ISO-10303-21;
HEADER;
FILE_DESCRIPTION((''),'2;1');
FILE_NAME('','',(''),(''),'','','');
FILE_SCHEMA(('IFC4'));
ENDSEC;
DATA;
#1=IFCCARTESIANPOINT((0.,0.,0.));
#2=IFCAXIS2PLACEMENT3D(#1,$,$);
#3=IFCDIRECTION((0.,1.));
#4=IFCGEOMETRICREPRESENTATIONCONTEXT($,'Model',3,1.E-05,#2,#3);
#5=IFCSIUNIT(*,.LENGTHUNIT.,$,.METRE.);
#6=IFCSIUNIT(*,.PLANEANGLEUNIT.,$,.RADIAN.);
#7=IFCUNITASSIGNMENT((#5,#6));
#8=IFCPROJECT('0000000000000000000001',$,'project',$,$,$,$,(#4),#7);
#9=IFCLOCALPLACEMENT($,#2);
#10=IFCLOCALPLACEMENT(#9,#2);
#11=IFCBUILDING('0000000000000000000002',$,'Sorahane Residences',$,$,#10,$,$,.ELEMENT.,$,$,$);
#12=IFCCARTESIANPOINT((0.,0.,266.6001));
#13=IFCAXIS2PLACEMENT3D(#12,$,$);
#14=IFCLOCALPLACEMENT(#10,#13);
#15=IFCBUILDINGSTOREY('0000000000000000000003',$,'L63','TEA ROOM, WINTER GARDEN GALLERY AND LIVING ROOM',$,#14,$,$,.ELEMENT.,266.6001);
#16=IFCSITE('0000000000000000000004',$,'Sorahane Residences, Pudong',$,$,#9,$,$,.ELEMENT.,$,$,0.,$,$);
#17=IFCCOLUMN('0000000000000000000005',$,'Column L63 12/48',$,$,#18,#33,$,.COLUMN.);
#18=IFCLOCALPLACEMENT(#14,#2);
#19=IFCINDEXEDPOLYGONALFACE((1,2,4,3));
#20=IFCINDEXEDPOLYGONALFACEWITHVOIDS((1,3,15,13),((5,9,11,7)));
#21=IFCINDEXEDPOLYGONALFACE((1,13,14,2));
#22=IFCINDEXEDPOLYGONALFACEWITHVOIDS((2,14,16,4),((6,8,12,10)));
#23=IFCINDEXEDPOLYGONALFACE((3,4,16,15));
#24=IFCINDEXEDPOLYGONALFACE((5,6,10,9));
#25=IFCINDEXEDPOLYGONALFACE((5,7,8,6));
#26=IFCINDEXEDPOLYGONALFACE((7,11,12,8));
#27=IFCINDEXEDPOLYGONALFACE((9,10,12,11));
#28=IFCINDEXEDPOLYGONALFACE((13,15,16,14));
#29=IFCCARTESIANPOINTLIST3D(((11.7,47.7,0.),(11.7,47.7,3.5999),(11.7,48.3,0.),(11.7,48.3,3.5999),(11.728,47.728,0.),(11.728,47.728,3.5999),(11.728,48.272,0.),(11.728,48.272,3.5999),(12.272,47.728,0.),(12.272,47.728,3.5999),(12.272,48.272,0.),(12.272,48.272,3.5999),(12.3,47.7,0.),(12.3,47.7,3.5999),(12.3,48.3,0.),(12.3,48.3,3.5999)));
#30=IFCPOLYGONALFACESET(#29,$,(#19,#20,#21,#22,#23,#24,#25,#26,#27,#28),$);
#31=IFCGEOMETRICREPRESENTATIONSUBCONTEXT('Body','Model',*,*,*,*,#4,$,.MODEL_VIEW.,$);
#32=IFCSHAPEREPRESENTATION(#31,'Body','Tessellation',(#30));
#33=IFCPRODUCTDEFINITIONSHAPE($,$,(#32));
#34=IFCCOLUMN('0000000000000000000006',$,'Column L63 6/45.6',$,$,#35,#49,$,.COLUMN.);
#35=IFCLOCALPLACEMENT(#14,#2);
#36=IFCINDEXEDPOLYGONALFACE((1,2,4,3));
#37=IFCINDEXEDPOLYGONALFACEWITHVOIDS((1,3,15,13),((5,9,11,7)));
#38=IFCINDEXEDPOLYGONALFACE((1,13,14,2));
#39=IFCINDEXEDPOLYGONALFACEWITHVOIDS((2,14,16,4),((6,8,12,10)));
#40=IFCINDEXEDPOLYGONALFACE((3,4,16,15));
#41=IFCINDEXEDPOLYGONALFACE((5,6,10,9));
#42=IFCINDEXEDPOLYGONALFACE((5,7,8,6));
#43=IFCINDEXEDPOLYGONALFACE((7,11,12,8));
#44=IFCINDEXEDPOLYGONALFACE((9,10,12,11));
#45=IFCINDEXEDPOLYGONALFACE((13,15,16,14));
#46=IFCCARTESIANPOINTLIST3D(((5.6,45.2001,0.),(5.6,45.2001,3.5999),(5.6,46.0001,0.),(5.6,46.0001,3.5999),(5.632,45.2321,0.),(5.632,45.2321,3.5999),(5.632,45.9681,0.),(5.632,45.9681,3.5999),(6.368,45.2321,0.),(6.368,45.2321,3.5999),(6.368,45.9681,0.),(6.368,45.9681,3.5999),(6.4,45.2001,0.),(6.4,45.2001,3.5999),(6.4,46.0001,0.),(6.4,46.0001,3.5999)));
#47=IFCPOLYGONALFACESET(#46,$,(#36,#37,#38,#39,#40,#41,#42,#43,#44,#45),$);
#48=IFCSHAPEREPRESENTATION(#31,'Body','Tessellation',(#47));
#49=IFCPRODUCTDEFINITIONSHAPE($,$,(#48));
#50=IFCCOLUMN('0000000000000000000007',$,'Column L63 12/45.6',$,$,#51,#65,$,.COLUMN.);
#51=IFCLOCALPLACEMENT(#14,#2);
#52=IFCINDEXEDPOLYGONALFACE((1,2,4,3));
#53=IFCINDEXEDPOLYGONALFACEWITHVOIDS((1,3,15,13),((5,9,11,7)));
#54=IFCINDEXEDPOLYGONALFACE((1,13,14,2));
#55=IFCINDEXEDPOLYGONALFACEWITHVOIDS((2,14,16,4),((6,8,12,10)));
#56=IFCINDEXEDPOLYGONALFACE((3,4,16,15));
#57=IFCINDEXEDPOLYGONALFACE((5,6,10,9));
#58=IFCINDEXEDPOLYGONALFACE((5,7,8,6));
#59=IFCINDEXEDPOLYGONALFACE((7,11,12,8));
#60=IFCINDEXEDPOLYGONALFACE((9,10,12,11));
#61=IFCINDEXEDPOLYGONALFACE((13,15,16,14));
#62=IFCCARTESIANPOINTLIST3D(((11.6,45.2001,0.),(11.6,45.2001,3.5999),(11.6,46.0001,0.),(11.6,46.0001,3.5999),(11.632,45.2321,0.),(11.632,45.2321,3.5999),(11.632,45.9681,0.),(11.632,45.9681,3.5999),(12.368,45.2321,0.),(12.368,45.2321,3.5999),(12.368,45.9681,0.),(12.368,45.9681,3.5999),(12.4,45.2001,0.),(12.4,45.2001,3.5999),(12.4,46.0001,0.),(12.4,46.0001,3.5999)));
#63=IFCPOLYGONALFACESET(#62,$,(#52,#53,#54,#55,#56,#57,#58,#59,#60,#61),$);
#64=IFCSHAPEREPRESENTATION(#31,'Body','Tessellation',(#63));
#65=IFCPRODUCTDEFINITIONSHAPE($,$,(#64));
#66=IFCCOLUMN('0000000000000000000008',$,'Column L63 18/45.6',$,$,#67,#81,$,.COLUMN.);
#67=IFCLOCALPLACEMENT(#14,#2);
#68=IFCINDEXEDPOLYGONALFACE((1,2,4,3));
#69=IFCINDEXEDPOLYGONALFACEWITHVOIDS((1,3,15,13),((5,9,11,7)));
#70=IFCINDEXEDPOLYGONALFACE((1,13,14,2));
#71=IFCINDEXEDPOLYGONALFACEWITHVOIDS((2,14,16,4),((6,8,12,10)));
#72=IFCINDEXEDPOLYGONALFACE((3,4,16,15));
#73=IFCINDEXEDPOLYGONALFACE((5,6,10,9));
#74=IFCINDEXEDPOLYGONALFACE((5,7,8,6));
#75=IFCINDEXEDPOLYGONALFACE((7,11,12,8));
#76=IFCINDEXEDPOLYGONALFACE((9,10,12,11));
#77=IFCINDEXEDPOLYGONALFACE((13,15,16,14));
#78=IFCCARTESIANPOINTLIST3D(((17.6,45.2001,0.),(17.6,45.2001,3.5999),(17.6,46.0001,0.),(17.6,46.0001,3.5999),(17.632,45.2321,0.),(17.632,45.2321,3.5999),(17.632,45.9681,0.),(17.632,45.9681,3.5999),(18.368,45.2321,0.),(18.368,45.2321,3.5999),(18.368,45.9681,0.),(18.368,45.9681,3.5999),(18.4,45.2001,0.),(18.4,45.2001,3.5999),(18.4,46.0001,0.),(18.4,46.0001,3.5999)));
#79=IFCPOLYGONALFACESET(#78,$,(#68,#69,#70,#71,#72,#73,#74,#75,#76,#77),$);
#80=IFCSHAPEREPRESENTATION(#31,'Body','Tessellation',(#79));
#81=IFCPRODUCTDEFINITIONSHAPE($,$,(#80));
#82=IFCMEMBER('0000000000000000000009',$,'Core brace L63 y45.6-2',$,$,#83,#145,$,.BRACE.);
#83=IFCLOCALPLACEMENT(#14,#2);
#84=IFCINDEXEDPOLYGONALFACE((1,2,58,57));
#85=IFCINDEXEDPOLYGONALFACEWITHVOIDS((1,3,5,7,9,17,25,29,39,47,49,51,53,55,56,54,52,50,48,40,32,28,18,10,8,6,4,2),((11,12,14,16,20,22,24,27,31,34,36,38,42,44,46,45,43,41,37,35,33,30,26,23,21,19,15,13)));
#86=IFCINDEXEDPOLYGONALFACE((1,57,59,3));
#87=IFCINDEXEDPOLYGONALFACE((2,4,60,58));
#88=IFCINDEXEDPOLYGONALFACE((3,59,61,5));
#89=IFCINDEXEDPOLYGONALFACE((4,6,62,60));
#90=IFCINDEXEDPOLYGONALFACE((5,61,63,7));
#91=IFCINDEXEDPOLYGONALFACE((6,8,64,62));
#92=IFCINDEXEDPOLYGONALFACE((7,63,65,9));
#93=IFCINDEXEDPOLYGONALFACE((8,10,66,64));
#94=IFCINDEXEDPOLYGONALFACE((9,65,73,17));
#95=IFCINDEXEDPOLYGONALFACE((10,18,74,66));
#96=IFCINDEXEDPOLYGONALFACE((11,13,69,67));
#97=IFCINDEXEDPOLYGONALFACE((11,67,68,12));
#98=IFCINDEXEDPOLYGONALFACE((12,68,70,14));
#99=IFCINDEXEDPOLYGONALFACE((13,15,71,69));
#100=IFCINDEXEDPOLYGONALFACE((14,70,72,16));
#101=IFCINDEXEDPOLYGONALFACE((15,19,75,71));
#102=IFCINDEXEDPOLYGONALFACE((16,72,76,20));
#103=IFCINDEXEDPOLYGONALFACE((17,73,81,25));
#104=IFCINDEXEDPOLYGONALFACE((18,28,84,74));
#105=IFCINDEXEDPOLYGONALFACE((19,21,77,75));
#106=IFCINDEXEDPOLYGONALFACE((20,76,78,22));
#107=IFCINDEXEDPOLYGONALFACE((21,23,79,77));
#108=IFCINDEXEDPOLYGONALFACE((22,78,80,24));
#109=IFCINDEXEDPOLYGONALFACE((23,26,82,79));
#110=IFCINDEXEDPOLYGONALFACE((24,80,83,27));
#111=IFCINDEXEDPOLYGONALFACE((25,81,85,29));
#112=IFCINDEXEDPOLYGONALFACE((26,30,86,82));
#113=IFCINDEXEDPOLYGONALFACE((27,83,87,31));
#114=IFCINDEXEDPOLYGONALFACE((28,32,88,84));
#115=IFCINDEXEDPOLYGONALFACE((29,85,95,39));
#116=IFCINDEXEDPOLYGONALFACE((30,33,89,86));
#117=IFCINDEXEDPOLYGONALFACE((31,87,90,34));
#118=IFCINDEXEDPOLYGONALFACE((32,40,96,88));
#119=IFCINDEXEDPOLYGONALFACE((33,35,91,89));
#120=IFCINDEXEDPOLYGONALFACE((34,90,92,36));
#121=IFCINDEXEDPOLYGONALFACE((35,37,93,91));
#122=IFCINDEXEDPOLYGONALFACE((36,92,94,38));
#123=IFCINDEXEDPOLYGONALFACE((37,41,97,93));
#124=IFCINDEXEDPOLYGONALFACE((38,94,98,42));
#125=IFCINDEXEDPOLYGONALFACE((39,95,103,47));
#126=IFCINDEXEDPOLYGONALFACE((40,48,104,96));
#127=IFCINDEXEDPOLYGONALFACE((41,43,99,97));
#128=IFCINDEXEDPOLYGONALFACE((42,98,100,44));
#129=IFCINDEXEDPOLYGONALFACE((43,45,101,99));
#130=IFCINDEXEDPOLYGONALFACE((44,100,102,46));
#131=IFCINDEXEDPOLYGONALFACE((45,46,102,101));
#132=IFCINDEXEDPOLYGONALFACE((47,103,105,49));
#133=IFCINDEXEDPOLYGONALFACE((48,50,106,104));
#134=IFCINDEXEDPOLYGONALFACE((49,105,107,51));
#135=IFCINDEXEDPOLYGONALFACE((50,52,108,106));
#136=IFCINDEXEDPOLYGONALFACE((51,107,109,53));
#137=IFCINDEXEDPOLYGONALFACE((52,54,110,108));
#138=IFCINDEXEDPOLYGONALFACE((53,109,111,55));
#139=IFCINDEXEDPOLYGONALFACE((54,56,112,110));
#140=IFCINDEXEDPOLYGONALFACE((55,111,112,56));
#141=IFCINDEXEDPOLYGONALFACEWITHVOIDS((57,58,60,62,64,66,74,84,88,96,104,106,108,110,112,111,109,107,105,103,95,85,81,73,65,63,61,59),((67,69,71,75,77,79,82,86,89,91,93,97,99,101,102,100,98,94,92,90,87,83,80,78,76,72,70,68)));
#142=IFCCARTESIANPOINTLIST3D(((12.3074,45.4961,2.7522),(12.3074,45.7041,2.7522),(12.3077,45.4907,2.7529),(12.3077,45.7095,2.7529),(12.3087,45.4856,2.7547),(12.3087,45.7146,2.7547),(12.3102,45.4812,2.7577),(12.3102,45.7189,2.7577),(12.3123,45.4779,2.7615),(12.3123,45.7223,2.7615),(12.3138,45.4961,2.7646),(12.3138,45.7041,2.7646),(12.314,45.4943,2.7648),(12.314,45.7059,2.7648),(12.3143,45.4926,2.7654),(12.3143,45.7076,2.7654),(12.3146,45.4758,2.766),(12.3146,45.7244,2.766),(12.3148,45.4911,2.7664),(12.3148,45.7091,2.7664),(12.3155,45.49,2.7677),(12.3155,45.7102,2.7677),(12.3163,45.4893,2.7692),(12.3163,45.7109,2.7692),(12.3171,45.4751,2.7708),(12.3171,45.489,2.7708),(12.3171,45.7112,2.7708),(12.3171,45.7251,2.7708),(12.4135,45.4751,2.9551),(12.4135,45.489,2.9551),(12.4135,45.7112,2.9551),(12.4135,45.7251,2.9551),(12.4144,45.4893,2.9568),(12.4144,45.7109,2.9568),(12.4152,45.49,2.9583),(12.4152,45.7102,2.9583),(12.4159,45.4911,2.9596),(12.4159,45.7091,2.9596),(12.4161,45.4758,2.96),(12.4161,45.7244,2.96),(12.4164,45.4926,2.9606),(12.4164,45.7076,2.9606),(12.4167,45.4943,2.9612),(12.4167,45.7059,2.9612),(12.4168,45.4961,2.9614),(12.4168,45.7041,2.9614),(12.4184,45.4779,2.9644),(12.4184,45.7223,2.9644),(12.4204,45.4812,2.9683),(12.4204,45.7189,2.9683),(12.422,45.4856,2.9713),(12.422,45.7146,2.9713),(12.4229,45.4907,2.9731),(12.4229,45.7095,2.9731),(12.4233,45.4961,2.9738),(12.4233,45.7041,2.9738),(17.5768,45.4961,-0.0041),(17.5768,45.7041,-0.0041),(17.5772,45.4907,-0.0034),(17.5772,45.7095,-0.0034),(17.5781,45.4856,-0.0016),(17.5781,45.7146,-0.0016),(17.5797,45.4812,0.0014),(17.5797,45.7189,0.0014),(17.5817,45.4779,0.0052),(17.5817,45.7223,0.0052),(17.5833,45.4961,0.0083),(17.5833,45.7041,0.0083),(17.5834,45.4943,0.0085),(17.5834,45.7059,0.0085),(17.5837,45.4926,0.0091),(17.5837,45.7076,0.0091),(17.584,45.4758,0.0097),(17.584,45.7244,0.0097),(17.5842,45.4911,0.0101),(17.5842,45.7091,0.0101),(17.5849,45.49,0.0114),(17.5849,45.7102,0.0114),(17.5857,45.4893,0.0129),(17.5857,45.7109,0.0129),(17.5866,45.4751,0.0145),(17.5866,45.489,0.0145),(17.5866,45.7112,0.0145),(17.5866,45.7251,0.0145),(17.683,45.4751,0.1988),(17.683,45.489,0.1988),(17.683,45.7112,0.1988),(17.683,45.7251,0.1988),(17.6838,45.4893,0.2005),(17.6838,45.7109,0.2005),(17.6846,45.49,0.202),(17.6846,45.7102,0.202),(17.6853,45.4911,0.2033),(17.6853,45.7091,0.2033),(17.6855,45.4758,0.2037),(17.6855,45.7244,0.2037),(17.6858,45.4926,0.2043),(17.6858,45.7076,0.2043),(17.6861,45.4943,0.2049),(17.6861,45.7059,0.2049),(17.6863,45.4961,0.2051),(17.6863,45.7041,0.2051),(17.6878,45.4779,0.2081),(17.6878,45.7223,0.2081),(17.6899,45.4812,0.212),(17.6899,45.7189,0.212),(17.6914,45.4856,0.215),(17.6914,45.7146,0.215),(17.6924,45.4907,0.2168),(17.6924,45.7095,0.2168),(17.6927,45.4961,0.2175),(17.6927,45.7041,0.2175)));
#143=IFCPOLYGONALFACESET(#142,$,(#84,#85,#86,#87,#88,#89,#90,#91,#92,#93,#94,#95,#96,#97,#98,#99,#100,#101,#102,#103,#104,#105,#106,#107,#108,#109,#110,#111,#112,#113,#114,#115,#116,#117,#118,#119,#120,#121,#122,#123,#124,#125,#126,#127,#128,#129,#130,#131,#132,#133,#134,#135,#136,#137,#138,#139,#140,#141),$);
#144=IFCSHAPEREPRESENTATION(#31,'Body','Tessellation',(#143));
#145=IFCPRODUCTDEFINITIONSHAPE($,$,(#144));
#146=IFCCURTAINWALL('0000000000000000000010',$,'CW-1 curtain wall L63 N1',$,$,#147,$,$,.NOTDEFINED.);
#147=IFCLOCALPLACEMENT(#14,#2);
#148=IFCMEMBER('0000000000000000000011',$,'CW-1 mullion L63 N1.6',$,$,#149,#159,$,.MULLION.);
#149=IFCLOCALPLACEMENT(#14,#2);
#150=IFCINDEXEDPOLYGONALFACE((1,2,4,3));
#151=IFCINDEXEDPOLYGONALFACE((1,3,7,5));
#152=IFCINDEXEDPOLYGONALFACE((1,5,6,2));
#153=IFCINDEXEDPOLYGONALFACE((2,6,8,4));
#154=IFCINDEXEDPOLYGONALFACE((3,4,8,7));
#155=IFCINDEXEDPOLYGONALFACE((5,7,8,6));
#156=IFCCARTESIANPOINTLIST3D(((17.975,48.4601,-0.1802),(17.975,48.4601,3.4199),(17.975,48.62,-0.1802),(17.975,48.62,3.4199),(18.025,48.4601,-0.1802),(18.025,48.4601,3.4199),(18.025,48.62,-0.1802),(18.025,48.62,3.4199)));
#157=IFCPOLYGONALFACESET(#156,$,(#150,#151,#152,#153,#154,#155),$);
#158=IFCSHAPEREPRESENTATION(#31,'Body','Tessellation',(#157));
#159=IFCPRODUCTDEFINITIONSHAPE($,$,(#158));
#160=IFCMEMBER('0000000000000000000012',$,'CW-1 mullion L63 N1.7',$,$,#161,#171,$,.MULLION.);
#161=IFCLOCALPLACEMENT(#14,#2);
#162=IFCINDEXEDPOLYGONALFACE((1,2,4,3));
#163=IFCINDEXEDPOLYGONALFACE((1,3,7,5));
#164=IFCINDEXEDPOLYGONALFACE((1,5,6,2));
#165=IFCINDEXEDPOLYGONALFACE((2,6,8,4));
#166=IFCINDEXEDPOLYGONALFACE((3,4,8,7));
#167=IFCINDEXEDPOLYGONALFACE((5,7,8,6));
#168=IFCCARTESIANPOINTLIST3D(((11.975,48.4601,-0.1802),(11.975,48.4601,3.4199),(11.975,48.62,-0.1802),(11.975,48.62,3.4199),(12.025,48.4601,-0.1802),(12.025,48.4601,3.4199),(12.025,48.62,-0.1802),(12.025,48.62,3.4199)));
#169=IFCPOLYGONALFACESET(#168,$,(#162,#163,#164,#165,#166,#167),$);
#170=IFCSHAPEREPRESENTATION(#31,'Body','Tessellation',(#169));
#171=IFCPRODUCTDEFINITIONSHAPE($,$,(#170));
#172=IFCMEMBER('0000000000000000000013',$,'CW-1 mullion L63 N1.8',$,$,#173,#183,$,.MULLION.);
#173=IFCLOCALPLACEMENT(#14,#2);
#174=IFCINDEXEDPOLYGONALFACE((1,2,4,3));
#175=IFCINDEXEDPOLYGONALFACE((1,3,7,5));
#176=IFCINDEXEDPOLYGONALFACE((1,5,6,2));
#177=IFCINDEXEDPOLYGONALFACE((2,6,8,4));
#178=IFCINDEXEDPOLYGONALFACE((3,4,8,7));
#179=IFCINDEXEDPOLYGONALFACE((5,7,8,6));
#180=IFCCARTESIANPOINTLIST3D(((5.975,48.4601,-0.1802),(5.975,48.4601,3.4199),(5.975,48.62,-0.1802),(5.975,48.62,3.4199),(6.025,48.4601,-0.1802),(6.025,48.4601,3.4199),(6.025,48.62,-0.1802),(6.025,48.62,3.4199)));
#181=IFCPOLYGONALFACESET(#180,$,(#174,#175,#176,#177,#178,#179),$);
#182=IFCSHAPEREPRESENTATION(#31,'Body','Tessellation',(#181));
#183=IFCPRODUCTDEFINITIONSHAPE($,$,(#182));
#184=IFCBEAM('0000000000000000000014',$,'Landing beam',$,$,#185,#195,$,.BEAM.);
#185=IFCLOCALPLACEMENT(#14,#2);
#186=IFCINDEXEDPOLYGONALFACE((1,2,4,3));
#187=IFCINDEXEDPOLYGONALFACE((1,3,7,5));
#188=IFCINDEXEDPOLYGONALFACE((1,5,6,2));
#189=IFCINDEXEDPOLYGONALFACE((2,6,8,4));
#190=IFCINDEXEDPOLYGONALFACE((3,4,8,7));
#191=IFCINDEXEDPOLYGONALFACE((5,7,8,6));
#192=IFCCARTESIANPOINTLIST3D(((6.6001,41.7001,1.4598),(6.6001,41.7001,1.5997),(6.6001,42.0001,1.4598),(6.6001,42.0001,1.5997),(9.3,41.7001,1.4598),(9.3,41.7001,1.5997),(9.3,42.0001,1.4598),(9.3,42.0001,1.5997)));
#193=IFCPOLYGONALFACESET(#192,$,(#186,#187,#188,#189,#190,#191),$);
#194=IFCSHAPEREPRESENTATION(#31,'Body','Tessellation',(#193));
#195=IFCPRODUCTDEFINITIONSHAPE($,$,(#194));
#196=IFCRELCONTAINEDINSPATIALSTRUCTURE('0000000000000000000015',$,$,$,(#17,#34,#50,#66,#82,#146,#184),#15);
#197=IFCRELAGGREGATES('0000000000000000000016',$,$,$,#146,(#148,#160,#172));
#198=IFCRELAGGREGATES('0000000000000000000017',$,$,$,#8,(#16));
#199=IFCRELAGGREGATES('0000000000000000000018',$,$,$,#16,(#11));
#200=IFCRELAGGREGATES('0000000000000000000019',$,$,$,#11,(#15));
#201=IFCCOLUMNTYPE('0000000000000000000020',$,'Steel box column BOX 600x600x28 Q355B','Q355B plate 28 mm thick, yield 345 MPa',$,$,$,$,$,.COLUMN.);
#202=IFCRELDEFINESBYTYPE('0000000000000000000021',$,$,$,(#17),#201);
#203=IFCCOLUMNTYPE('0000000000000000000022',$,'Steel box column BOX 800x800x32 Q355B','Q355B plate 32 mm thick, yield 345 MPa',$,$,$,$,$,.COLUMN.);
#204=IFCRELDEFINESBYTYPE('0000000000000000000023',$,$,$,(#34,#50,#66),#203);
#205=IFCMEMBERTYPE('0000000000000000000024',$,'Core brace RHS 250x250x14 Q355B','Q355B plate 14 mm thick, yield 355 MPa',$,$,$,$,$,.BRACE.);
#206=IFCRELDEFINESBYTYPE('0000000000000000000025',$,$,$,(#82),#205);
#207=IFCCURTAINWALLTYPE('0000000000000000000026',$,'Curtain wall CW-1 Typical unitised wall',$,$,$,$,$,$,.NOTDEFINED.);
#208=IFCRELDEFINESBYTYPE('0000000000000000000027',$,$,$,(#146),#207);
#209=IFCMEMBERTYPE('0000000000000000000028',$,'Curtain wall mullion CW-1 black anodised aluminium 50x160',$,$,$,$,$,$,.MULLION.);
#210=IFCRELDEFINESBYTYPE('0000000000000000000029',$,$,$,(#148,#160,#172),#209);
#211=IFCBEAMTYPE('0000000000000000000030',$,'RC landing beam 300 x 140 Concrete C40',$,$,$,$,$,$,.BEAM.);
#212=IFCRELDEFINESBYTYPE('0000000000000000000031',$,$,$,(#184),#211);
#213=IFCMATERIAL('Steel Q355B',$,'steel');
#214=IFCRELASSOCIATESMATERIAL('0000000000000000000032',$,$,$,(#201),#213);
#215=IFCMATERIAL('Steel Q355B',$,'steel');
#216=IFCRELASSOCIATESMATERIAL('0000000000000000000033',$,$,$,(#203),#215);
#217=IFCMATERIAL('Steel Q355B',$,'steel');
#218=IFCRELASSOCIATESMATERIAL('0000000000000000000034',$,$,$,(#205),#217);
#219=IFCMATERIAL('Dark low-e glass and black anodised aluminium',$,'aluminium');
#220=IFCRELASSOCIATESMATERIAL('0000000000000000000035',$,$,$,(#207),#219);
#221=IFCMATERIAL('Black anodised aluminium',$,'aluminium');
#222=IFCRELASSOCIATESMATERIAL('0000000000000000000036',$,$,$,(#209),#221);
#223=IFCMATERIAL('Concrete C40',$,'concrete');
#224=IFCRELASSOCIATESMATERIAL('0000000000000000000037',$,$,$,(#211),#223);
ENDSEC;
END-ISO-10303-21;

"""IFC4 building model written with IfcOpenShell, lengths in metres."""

from ifc_helpers import new_model, si_unit, direction, frame, origin, origin_2d, place, context, subcontext, project, spatial, rectangle, hollow_rectangle, extrude, material, material_profile, profile_set, type_object, element, aggregate, save


model = new_model("IFC4")

# Units and contexts
model_context = context("Model", 3, precision=1e-05, world=origin(), true_north=direction((0.0, 1.0)))
body_context = subcontext(model_context, "Body", "Model", "MODEL_VIEW")
ifc_project = project(units=[si_unit("LENGTHUNIT", "METRE"), si_unit("PLANEANGLEUNIT", "RADIAN")], contexts=[model_context])

# Site, building, storey
site_placement = place(None, origin())
site = spatial("IfcSite", under=ifc_project, at=site_placement, Name="Sorahane Residences, Pudong", CompositionType="ELEMENT", RefElevation=0.0)
building_placement = place(site_placement, origin())
building = spatial("IfcBuilding", under=site, at=building_placement, Name="Sorahane Residences", CompositionType="ELEMENT")
storey_placement = place(building_placement, frame((0.0, 0.0, 266.6001)))
storey = spatial("IfcBuildingStorey", under=building, at=storey_placement, Name="L63", Description="TEA ROOM, WINTER GARDEN GALLERY AND LIVING ROOM", CompositionType="ELEMENT", Elevation=266.6001)

# Columns
ifc_material_1 = material(Name="Steel Q355B", Category="steel")
ifc_material_profile_1 = material_profile(ifc_material_1, hollow_rectangle(XDim=0.6001, YDim=0.6001, WallThickness=0.0281, at=origin_2d()), Name="BOX 600x600x28")
ifc_profile_set_1 = profile_set([ifc_material_profile_1], Name="Steel Q355B")
column_type_1 = type_object("IfcColumnType", Name="Steel box column BOX 600x600x28 Q355B", Description="Q355B plate 28 mm thick, yield 345 MPa", PredefinedType="COLUMN", material=ifc_profile_set_1)
column_placement = place(storey_placement, frame((12.0, 48.0, 0.0), z_axis=(0.0, 0.0, 1.0), x_axis=(1.0, 0.0, 0.0)))
element("IfcColumn", 1, at=column_placement, inside=storey, type_object=column_type_1, Name="Column L63 12/48", PredefinedType="COLUMN", context=body_context, shape_type="SweptSolid", body=[
    extrude(hollow_rectangle(XDim=0.6001, YDim=0.6001, WallThickness=0.0281, at=origin_2d()), origin(), (0.0, 0.0, 1.0), 3.5999),
])
ifc_material_2 = material(Name="Steel Q355B", Category="steel")
ifc_material_profile_2 = material_profile(ifc_material_2, hollow_rectangle(XDim=0.8, YDim=0.8, WallThickness=0.032, at=origin_2d()), Name="BOX 800x800x32")
ifc_profile_set_2 = profile_set([ifc_material_profile_2], Name="Steel Q355B")
column_type_2 = type_object("IfcColumnType", Name="Steel box column BOX 800x800x32 Q355B", Description="Q355B plate 32 mm thick, yield 345 MPa", PredefinedType="COLUMN", material=ifc_profile_set_2)
for number, where, z_axis, x_axis, name in (
    (2, (6.0, 45.6001, 0.0), (0.0, 0.0, 1.0), (1.0, 0.0, 0.0), "Column L63 6/45.6"),
    (3, (12.0, 45.6001, 0.0), (0.0, 0.0, 1.0), (1.0, 0.0, 0.0), "Column L63 12/45.6"),
    (4, (18.0, 45.6001, 0.0), (0.0, 0.0, 1.0), (1.0, 0.0, 0.0), "Column L63 18/45.6"),
):
    element("IfcColumn", number, at=place(storey_placement, frame(where, z_axis=z_axis, x_axis=x_axis)), inside=storey, type_object=column_type_2, Name=name, PredefinedType="COLUMN", context=body_context, shape_type="SweptSolid", body=[
        extrude(hollow_rectangle(XDim=0.8, YDim=0.8, WallThickness=0.032, at=origin_2d()), origin(), (0.0, 0.0, 1.0), 3.5999),
    ])

# Member
ifc_material_3 = material(Name="Steel Q355B", Category="steel")
ifc_material_profile_3 = material_profile(ifc_material_3, hollow_rectangle(XDim=0.25, YDim=0.25, WallThickness=0.0139, InnerFilletRadius=0.0071, OuterFilletRadius=0.021, at=origin_2d()), Name="RHS 250x250x14")
ifc_profile_set_3 = profile_set([ifc_material_profile_3], Name="Steel Q355B")
member_type_1 = type_object("IfcMemberType", Name="Core brace RHS 250x250x14 Q355B", Description="Q355B plate 14 mm thick, yield 355 MPa", PredefinedType="BRACE", material=ifc_profile_set_3)
member_1_placement = place(storey_placement, frame((17.6348, 45.6001, 0.1067), z_axis=(-0.8861, 0.0, 0.463495), x_axis=(0.0, -1.0, 0.0)))
element("IfcMember", 5, at=member_1_placement, inside=storey, type_object=member_type_1, Name="Core brace L63 y45.6-2", PredefinedType="BRACE", context=body_context, shape_type="SweptSolid", body=[
    extrude(hollow_rectangle(XDim=0.25, YDim=0.25, WallThickness=0.0139, InnerFilletRadius=0.0071, OuterFilletRadius=0.021, at=origin_2d()), origin(), (0.0, 0.0, 1.0), 5.9468),
])

# Curtain wall, members
ifc_material_4 = material(Name="Dark low-e glass and black anodised aluminium", Category="aluminium")
curtain_wall_type = type_object("IfcCurtainWallType", Name="Curtain wall CW-1 Typical unitised wall", PredefinedType="NOTDEFINED", material=ifc_material_4)
curtain_wall_placement = place(storey_placement, origin())
curtain_wall = element("IfcCurtainWall", 6, at=curtain_wall_placement, inside=storey, type_object=curtain_wall_type, Name="CW-1 curtain wall L63 N1", PredefinedType="NOTDEFINED")
ifc_material_5 = material(Name="Black anodised aluminium", Category="aluminium")
ifc_material_profile_4 = material_profile(ifc_material_5, rectangle(XDim=0.1599, YDim=0.05, at=origin_2d()), Name="Curtain wall mullion CW-1 black anodised aluminium 50x160")
ifc_profile_set_4 = profile_set([ifc_material_profile_4], Name="Black anodised aluminium")
member_type_2 = type_object("IfcMemberType", Name="Curtain wall mullion CW-1 black anodised aluminium 50x160", PredefinedType="MULLION", material=ifc_profile_set_4)
member_2_placement = place(storey_placement, frame((18.0, 48.54, -0.1802), z_axis=(0.0, 0.0, 1.0), x_axis=(0.0, 1.0, 0.0)))
member_2 = element("IfcMember", 7, at=member_2_placement, type_object=member_type_2, Name="CW-1 mullion L63 N1.6", PredefinedType="MULLION", context=body_context, shape_type="SweptSolid", body=[
    extrude(rectangle(XDim=0.1599, YDim=0.05, at=origin_2d()), origin(), (0.0, 0.0, 1.0), 3.6001),
])
member_3_placement = place(storey_placement, frame((12.0, 48.54, -0.1802), z_axis=(0.0, 0.0, 1.0), x_axis=(0.0, 1.0, 0.0)))
member_3 = element("IfcMember", 8, at=member_3_placement, type_object=member_type_2, Name="CW-1 mullion L63 N1.7", PredefinedType="MULLION", context=body_context, shape_type="SweptSolid", body=[
    extrude(rectangle(XDim=0.1599, YDim=0.05, at=origin_2d()), origin(), (0.0, 0.0, 1.0), 3.6001),
])
member_4_placement = place(storey_placement, frame((6.0, 48.54, -0.1802), z_axis=(0.0, 0.0, 1.0), x_axis=(0.0, 1.0, 0.0)))
member_4 = element("IfcMember", 9, at=member_4_placement, type_object=member_type_2, Name="CW-1 mullion L63 N1.8", PredefinedType="MULLION", context=body_context, shape_type="SweptSolid", body=[
    extrude(rectangle(XDim=0.1599, YDim=0.05, at=origin_2d()), origin(), (0.0, 0.0, 1.0), 3.6001),
])

# Beam
ifc_material_6 = material(Name="Concrete C40", Category="concrete")
ifc_material_profile_5 = material_profile(ifc_material_6, rectangle(XDim=0.3, YDim=0.1399, at=origin_2d()), Name="300x140")
ifc_profile_set_5 = profile_set([ifc_material_profile_5], Name="Concrete C40")
beam_type_1 = type_object("IfcBeamType", Name="RC landing beam 300 x 140 Concrete C40", PredefinedType="BEAM", material=ifc_profile_set_5)
for number, where, z_axis, x_axis, name in (
    (10, (6.6001, 41.8501, 1.5298), (1.0, 0.0, 0.0), (0.0, 1.0, 0.0), "Landing beam"),
):
    element("IfcBeam", number, at=place(storey_placement, frame(where, z_axis=z_axis, x_axis=x_axis)), inside=storey, type_object=beam_type_1, Name=name, PredefinedType="BEAM", context=body_context, shape_type="SweptSolid", body=[
        extrude(rectangle(XDim=0.3, YDim=0.1399, at=origin_2d()), origin(), (0.0, 0.0, 1.0), 2.7),
    ])

aggregate(curtain_wall, [member_2, member_3, member_4])

save(model, "model.ifc")
